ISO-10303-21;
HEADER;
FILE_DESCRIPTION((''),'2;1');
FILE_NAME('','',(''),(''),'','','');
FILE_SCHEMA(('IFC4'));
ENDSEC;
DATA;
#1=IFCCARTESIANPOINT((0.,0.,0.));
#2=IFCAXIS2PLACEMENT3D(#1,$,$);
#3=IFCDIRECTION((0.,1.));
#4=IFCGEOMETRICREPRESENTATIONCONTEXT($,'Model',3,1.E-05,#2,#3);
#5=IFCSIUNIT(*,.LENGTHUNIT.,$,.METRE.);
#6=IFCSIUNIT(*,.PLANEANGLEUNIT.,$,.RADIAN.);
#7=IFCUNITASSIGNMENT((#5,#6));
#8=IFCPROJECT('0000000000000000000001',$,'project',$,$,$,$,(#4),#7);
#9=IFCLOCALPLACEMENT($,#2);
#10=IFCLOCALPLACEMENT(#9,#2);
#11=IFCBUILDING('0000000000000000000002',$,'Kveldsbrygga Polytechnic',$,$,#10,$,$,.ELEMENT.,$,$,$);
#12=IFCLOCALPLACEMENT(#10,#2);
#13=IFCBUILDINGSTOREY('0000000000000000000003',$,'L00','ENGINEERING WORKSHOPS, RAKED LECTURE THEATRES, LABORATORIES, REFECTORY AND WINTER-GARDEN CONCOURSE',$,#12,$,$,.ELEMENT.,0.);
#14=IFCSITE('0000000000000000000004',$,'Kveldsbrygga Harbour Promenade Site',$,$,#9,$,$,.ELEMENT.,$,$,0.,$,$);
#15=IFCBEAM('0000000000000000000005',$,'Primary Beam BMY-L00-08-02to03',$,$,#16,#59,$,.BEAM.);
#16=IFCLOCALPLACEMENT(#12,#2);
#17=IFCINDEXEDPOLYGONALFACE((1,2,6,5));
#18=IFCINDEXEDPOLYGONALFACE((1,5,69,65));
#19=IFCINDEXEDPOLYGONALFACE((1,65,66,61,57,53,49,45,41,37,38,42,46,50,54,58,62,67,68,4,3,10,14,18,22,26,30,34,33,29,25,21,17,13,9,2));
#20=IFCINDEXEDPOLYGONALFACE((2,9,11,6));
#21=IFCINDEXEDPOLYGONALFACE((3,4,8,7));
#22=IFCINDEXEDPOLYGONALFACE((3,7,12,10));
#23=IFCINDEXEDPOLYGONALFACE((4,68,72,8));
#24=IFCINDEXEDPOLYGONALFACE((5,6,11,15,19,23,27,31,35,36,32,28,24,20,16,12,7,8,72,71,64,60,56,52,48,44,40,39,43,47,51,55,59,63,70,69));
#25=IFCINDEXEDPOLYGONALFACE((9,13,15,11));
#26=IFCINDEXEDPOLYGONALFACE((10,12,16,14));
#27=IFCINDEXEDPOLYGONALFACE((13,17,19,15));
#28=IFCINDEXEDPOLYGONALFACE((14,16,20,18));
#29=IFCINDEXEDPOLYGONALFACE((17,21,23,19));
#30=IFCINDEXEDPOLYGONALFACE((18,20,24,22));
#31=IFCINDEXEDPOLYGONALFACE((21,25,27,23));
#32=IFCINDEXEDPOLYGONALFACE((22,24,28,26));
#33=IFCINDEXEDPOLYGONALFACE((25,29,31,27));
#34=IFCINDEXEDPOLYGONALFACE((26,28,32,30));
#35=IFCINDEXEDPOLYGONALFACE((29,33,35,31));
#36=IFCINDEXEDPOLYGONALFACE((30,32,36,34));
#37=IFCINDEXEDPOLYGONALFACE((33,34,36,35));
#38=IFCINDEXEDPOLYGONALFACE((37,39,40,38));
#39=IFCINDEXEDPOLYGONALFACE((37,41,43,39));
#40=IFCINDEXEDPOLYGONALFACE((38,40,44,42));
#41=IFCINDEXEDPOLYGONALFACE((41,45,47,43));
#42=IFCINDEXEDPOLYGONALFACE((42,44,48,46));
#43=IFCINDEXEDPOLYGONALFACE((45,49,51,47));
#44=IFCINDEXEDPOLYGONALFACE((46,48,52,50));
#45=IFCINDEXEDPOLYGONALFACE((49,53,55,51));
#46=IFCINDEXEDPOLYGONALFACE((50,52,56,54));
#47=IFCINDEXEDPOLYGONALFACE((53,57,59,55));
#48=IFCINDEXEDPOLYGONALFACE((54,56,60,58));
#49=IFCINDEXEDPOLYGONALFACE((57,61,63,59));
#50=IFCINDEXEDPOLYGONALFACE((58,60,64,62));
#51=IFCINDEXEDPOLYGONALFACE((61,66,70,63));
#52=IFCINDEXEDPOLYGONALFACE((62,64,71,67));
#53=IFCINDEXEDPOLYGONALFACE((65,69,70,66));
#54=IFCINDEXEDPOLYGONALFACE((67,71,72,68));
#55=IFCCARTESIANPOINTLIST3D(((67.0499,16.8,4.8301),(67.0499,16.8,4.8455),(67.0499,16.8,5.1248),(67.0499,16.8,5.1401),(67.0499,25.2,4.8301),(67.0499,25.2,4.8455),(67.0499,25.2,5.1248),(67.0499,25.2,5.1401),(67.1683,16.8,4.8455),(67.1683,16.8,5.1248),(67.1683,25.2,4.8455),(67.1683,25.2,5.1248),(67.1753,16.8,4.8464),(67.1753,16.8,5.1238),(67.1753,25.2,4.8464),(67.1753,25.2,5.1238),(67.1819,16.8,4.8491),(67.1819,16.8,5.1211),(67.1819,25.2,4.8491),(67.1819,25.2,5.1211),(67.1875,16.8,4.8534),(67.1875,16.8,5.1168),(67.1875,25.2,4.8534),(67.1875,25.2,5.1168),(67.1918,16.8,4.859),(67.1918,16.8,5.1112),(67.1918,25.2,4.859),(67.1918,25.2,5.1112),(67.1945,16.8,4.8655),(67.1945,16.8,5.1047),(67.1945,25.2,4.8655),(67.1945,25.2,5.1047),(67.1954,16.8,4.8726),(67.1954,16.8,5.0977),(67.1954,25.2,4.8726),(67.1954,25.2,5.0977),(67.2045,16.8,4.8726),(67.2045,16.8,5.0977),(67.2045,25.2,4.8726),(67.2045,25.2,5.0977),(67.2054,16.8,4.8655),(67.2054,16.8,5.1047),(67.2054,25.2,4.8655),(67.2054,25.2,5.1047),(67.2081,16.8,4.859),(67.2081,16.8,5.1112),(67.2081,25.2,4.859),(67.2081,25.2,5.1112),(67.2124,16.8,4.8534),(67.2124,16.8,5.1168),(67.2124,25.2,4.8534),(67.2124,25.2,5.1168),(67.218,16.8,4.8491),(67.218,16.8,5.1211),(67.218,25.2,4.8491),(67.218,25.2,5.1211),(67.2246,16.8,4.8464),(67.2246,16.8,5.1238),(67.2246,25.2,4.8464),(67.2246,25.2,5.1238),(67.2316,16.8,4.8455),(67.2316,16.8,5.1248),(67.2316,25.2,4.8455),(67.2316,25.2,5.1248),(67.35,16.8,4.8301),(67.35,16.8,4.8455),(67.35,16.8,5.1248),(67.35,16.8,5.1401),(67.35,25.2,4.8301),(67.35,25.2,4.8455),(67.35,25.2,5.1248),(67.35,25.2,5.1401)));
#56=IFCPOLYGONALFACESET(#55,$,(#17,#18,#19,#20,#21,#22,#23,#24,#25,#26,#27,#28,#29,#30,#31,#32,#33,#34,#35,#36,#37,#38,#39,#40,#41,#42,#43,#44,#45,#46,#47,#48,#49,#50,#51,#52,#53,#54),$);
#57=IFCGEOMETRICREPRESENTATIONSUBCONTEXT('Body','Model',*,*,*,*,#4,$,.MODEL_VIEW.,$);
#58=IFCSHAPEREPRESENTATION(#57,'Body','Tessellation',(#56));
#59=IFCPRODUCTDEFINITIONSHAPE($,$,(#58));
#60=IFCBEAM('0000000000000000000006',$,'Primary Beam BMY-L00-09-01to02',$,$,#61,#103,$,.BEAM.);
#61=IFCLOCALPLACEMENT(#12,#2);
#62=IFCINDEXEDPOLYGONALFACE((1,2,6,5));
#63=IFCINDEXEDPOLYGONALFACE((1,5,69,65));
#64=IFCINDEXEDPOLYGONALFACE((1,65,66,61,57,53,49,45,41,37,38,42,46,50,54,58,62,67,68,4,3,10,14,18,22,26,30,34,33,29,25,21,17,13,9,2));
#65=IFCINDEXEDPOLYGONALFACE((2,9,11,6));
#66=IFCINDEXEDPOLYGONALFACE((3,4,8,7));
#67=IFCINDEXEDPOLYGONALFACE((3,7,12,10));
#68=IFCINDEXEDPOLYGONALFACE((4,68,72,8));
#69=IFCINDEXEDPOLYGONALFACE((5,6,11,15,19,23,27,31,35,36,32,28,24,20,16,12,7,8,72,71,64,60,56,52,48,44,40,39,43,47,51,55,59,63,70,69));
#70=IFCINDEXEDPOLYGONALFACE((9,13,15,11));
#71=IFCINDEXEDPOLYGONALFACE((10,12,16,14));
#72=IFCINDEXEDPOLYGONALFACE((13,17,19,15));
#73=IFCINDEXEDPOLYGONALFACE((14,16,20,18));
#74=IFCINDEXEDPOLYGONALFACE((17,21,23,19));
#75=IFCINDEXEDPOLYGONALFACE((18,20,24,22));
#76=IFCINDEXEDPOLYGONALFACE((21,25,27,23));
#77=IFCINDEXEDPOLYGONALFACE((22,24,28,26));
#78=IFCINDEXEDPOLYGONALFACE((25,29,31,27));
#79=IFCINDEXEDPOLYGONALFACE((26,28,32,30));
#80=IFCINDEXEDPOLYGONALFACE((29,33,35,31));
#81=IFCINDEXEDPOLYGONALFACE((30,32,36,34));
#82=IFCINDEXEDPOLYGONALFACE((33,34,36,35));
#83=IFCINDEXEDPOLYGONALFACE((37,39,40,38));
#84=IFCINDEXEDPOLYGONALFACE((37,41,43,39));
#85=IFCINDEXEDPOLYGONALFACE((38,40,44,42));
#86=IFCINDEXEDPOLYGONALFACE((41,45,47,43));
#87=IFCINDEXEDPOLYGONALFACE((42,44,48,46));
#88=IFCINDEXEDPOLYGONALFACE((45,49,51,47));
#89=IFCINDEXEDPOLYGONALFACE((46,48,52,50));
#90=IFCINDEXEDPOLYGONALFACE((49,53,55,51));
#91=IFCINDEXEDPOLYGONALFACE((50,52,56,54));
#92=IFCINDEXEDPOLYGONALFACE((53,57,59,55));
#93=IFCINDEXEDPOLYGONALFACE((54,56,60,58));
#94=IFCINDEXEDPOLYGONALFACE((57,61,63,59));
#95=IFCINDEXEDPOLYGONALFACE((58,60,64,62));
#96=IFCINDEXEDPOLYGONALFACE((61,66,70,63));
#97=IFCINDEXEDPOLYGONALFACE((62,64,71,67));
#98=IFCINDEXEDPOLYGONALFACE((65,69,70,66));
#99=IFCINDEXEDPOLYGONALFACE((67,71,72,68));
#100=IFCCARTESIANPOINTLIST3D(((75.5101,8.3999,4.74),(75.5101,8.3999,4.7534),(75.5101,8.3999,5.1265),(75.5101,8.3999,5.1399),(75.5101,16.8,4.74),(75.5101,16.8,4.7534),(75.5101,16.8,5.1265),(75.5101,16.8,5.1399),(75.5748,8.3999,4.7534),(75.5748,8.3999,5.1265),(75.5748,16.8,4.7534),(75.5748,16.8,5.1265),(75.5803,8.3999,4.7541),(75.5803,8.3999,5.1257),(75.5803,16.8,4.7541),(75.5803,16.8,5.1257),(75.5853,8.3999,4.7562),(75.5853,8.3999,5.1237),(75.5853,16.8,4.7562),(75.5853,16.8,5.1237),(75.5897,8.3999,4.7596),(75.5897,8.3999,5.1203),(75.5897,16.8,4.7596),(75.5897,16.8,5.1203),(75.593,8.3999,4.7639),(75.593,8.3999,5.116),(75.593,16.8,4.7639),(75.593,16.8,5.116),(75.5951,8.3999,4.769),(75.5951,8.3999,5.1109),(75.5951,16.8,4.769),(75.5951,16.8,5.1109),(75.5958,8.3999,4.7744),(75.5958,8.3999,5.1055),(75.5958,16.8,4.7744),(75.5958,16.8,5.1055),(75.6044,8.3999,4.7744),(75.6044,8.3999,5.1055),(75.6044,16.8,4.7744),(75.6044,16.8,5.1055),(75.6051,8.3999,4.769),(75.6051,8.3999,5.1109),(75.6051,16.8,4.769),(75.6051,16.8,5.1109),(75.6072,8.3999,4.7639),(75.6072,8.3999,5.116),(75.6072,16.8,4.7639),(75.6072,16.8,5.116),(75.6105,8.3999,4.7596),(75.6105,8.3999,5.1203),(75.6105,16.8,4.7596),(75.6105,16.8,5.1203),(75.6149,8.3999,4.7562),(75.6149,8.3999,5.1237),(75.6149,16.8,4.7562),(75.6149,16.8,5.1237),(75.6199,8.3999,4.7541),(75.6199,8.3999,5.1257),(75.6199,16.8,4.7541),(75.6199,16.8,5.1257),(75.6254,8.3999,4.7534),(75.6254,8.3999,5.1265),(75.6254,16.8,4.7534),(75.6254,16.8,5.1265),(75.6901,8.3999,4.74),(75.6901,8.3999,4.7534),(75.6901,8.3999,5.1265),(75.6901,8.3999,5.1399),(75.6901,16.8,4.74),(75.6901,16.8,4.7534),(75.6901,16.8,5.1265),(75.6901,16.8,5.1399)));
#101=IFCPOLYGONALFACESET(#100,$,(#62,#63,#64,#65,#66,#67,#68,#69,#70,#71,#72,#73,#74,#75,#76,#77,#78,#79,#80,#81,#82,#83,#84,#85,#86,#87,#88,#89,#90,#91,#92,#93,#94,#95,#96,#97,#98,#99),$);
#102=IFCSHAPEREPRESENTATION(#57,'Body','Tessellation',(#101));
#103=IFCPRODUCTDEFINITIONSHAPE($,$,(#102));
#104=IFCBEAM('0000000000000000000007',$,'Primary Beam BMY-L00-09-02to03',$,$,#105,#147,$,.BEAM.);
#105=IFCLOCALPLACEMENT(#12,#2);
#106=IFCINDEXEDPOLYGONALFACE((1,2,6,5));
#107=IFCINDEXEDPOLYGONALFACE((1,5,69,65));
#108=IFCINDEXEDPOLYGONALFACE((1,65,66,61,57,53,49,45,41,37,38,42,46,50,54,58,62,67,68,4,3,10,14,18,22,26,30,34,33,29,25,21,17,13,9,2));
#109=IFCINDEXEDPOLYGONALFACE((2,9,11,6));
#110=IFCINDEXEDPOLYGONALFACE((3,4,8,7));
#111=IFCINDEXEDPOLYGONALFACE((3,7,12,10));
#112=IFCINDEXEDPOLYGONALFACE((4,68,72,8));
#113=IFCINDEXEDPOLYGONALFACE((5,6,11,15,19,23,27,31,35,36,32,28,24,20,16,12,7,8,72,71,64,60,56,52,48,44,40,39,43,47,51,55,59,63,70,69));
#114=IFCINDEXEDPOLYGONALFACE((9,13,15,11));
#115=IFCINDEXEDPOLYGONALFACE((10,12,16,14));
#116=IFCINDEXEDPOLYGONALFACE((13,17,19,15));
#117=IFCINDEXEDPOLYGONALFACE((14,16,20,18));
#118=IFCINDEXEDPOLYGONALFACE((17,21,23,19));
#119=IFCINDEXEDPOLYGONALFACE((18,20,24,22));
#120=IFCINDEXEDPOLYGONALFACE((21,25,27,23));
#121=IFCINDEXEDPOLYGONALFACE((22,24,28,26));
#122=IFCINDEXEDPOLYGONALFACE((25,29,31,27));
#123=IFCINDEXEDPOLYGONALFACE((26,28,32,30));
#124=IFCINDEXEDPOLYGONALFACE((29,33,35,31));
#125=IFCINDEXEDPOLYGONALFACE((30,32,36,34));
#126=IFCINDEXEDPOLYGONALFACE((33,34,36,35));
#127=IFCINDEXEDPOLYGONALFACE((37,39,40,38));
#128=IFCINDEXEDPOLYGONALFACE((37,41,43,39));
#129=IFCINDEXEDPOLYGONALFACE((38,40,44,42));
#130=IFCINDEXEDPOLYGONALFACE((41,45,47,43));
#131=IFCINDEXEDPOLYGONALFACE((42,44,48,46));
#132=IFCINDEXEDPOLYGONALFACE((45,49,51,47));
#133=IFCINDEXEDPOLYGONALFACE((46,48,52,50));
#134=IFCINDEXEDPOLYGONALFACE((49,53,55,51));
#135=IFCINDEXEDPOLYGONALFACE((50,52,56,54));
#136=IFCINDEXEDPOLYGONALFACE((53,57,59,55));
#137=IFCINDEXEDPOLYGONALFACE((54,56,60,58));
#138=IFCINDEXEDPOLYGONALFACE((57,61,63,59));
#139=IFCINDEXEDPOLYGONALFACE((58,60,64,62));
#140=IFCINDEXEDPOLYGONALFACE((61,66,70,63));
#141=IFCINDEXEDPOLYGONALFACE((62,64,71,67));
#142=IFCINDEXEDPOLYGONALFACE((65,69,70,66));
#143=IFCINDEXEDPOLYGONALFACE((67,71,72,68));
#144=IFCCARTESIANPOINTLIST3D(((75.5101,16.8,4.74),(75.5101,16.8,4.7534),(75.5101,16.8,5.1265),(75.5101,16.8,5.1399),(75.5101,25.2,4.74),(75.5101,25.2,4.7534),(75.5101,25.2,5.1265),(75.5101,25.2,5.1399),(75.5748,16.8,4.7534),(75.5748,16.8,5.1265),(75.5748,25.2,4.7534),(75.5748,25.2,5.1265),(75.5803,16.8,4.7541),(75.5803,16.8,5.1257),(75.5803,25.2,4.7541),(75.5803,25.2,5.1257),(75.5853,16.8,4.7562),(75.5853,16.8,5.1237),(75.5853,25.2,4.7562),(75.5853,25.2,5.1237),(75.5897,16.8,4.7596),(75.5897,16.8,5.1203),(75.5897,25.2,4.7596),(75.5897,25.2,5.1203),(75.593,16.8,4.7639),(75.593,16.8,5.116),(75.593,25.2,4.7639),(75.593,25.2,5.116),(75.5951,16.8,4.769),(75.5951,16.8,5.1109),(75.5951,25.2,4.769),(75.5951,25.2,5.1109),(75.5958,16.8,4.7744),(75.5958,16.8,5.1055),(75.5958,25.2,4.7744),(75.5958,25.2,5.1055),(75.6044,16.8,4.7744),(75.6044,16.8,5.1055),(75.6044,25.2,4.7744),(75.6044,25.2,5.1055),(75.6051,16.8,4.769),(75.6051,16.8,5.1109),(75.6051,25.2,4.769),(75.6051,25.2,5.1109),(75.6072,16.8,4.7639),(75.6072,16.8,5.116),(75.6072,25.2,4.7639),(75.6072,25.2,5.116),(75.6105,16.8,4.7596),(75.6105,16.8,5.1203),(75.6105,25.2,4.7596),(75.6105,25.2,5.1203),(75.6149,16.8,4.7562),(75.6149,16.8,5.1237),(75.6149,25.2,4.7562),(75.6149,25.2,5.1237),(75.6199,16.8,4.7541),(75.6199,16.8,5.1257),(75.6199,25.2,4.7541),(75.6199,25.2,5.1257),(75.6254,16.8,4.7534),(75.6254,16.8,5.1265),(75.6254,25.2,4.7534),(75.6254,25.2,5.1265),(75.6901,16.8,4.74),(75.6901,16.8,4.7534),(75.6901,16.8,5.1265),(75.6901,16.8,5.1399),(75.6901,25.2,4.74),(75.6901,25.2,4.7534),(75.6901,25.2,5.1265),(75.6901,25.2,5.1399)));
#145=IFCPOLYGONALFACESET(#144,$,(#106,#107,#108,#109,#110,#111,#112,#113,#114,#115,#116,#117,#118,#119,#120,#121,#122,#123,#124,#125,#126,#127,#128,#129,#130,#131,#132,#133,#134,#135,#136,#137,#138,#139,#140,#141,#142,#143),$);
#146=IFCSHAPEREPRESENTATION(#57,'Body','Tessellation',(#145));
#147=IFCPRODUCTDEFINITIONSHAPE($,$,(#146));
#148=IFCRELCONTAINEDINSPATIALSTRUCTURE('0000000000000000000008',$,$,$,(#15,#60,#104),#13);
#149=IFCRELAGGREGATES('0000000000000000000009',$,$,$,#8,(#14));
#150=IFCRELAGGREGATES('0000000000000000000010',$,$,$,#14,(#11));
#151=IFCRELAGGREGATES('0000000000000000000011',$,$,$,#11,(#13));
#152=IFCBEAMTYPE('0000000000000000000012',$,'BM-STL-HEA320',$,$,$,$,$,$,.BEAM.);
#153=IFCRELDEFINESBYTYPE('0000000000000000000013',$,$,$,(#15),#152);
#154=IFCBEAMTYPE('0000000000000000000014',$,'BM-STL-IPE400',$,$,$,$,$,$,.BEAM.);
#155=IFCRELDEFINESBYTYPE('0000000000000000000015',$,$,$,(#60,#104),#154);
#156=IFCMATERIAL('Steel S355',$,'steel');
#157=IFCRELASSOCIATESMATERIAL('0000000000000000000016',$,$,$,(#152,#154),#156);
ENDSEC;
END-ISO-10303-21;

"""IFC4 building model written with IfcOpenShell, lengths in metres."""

from ifc_helpers import new_model, si_unit, direction, frame, origin, origin_2d, place, context, subcontext, project, spatial, i_section, extrude, material, material_profile, profile_set, type_object, element, save


model = new_model("IFC4")

# Units and contexts
model_context = context("Model", 3, precision=1e-05, world=origin(), true_north=direction((0.0, 1.0)))
body_context = subcontext(model_context, "Body", "Model", "MODEL_VIEW")
ifc_project = project(units=[si_unit("LENGTHUNIT", "METRE"), si_unit("PLANEANGLEUNIT", "RADIAN")], contexts=[model_context])

# Site, building, storey
site_placement = place(None, origin())
site = spatial("IfcSite", under=ifc_project, at=site_placement, Name="Kveldsbrygga Harbour Promenade Site", CompositionType="ELEMENT", RefElevation=0.0)
building_placement = place(site_placement, origin())
building = spatial("IfcBuilding", under=site, at=building_placement, Name="Kveldsbrygga Polytechnic", CompositionType="ELEMENT")
storey_placement = place(building_placement, origin())
storey = spatial("IfcBuildingStorey", under=building, at=storey_placement, Name="L00", Description="ENGINEERING WORKSHOPS, RAKED LECTURE THEATRES, LABORATORIES, REFECTORY AND WINTER-GARDEN CONCOURSE", CompositionType="ELEMENT", Elevation=0.0)

# Shared definitions
ifc_material_1 = material(Name="Steel S355", Category="steel")

# Beams
ifc_material_profile_1 = material_profile(ifc_material_1, i_section(OverallWidth=0.3, OverallDepth=0.3101, WebThickness=0.009, FlangeThickness=0.0154, FilletRadius=0.0271, at=origin_2d()), Name="HEA 320")
ifc_profile_set_1 = profile_set([ifc_material_profile_1], Name="Steel S355")
beam_type_1 = type_object("IfcBeamType", Name="BM-STL-HEA320", PredefinedType="BEAM", material=ifc_profile_set_1)
beam_1_placement = place(storey_placement, frame((67.2, 16.8, 4.9851), z_axis=(0.0, 1.0, 0.0), x_axis=(-1.0, 0.0, 0.0)))
element("IfcBeam", 1, at=beam_1_placement, inside=storey, type_object=beam_type_1, Name="Primary Beam BMY-L00-08-02to03", PredefinedType="BEAM", context=body_context, shape_type="SweptSolid", body=[
    extrude(i_section(OverallWidth=0.3, OverallDepth=0.3101, WebThickness=0.009, FlangeThickness=0.0154, FilletRadius=0.0271, at=origin_2d()), origin(), (0.0, 0.0, 1.0), 8.3999),
])
ifc_material_profile_2 = material_profile(ifc_material_1, i_section(OverallWidth=0.1799, OverallDepth=0.3999, WebThickness=0.0085, FlangeThickness=0.0134, FilletRadius=0.021, at=origin_2d()), Name="IPE 400")
ifc_profile_set_2 = profile_set([ifc_material_profile_2], Name="Steel S355")
beam_type_2 = type_object("IfcBeamType", Name="BM-STL-IPE400", PredefinedType="BEAM", material=ifc_profile_set_2)
beam_2_placement = place(storey_placement, frame((75.6001, 8.3999, 4.9399), z_axis=(0.0, 1.0, 0.0), x_axis=(-1.0, 0.0, 0.0)))
element("IfcBeam", 2, at=beam_2_placement, inside=storey, type_object=beam_type_2, Name="Primary Beam BMY-L00-09-01to02", PredefinedType="BEAM", context=body_context, shape_type="SweptSolid", body=[
    extrude(i_section(OverallWidth=0.1799, OverallDepth=0.3999, WebThickness=0.0085, FlangeThickness=0.0134, FilletRadius=0.021, at=origin_2d()), origin(), (0.0, 0.0, 1.0), 8.4001),
])
beam_3_placement = place(storey_placement, frame((75.6001, 16.8, 4.9399), z_axis=(0.0, 1.0, 0.0), x_axis=(-1.0, 0.0, 0.0)))
element("IfcBeam", 3, at=beam_3_placement, inside=storey, type_object=beam_type_2, Name="Primary Beam BMY-L00-09-02to03", PredefinedType="BEAM", context=body_context, shape_type="SweptSolid", body=[
    extrude(i_section(OverallWidth=0.1799, OverallDepth=0.3999, WebThickness=0.0085, FlangeThickness=0.0134, FilletRadius=0.021, at=origin_2d()), origin(), (0.0, 0.0, 1.0), 8.3999),
])

save(model, "model.ifc")
